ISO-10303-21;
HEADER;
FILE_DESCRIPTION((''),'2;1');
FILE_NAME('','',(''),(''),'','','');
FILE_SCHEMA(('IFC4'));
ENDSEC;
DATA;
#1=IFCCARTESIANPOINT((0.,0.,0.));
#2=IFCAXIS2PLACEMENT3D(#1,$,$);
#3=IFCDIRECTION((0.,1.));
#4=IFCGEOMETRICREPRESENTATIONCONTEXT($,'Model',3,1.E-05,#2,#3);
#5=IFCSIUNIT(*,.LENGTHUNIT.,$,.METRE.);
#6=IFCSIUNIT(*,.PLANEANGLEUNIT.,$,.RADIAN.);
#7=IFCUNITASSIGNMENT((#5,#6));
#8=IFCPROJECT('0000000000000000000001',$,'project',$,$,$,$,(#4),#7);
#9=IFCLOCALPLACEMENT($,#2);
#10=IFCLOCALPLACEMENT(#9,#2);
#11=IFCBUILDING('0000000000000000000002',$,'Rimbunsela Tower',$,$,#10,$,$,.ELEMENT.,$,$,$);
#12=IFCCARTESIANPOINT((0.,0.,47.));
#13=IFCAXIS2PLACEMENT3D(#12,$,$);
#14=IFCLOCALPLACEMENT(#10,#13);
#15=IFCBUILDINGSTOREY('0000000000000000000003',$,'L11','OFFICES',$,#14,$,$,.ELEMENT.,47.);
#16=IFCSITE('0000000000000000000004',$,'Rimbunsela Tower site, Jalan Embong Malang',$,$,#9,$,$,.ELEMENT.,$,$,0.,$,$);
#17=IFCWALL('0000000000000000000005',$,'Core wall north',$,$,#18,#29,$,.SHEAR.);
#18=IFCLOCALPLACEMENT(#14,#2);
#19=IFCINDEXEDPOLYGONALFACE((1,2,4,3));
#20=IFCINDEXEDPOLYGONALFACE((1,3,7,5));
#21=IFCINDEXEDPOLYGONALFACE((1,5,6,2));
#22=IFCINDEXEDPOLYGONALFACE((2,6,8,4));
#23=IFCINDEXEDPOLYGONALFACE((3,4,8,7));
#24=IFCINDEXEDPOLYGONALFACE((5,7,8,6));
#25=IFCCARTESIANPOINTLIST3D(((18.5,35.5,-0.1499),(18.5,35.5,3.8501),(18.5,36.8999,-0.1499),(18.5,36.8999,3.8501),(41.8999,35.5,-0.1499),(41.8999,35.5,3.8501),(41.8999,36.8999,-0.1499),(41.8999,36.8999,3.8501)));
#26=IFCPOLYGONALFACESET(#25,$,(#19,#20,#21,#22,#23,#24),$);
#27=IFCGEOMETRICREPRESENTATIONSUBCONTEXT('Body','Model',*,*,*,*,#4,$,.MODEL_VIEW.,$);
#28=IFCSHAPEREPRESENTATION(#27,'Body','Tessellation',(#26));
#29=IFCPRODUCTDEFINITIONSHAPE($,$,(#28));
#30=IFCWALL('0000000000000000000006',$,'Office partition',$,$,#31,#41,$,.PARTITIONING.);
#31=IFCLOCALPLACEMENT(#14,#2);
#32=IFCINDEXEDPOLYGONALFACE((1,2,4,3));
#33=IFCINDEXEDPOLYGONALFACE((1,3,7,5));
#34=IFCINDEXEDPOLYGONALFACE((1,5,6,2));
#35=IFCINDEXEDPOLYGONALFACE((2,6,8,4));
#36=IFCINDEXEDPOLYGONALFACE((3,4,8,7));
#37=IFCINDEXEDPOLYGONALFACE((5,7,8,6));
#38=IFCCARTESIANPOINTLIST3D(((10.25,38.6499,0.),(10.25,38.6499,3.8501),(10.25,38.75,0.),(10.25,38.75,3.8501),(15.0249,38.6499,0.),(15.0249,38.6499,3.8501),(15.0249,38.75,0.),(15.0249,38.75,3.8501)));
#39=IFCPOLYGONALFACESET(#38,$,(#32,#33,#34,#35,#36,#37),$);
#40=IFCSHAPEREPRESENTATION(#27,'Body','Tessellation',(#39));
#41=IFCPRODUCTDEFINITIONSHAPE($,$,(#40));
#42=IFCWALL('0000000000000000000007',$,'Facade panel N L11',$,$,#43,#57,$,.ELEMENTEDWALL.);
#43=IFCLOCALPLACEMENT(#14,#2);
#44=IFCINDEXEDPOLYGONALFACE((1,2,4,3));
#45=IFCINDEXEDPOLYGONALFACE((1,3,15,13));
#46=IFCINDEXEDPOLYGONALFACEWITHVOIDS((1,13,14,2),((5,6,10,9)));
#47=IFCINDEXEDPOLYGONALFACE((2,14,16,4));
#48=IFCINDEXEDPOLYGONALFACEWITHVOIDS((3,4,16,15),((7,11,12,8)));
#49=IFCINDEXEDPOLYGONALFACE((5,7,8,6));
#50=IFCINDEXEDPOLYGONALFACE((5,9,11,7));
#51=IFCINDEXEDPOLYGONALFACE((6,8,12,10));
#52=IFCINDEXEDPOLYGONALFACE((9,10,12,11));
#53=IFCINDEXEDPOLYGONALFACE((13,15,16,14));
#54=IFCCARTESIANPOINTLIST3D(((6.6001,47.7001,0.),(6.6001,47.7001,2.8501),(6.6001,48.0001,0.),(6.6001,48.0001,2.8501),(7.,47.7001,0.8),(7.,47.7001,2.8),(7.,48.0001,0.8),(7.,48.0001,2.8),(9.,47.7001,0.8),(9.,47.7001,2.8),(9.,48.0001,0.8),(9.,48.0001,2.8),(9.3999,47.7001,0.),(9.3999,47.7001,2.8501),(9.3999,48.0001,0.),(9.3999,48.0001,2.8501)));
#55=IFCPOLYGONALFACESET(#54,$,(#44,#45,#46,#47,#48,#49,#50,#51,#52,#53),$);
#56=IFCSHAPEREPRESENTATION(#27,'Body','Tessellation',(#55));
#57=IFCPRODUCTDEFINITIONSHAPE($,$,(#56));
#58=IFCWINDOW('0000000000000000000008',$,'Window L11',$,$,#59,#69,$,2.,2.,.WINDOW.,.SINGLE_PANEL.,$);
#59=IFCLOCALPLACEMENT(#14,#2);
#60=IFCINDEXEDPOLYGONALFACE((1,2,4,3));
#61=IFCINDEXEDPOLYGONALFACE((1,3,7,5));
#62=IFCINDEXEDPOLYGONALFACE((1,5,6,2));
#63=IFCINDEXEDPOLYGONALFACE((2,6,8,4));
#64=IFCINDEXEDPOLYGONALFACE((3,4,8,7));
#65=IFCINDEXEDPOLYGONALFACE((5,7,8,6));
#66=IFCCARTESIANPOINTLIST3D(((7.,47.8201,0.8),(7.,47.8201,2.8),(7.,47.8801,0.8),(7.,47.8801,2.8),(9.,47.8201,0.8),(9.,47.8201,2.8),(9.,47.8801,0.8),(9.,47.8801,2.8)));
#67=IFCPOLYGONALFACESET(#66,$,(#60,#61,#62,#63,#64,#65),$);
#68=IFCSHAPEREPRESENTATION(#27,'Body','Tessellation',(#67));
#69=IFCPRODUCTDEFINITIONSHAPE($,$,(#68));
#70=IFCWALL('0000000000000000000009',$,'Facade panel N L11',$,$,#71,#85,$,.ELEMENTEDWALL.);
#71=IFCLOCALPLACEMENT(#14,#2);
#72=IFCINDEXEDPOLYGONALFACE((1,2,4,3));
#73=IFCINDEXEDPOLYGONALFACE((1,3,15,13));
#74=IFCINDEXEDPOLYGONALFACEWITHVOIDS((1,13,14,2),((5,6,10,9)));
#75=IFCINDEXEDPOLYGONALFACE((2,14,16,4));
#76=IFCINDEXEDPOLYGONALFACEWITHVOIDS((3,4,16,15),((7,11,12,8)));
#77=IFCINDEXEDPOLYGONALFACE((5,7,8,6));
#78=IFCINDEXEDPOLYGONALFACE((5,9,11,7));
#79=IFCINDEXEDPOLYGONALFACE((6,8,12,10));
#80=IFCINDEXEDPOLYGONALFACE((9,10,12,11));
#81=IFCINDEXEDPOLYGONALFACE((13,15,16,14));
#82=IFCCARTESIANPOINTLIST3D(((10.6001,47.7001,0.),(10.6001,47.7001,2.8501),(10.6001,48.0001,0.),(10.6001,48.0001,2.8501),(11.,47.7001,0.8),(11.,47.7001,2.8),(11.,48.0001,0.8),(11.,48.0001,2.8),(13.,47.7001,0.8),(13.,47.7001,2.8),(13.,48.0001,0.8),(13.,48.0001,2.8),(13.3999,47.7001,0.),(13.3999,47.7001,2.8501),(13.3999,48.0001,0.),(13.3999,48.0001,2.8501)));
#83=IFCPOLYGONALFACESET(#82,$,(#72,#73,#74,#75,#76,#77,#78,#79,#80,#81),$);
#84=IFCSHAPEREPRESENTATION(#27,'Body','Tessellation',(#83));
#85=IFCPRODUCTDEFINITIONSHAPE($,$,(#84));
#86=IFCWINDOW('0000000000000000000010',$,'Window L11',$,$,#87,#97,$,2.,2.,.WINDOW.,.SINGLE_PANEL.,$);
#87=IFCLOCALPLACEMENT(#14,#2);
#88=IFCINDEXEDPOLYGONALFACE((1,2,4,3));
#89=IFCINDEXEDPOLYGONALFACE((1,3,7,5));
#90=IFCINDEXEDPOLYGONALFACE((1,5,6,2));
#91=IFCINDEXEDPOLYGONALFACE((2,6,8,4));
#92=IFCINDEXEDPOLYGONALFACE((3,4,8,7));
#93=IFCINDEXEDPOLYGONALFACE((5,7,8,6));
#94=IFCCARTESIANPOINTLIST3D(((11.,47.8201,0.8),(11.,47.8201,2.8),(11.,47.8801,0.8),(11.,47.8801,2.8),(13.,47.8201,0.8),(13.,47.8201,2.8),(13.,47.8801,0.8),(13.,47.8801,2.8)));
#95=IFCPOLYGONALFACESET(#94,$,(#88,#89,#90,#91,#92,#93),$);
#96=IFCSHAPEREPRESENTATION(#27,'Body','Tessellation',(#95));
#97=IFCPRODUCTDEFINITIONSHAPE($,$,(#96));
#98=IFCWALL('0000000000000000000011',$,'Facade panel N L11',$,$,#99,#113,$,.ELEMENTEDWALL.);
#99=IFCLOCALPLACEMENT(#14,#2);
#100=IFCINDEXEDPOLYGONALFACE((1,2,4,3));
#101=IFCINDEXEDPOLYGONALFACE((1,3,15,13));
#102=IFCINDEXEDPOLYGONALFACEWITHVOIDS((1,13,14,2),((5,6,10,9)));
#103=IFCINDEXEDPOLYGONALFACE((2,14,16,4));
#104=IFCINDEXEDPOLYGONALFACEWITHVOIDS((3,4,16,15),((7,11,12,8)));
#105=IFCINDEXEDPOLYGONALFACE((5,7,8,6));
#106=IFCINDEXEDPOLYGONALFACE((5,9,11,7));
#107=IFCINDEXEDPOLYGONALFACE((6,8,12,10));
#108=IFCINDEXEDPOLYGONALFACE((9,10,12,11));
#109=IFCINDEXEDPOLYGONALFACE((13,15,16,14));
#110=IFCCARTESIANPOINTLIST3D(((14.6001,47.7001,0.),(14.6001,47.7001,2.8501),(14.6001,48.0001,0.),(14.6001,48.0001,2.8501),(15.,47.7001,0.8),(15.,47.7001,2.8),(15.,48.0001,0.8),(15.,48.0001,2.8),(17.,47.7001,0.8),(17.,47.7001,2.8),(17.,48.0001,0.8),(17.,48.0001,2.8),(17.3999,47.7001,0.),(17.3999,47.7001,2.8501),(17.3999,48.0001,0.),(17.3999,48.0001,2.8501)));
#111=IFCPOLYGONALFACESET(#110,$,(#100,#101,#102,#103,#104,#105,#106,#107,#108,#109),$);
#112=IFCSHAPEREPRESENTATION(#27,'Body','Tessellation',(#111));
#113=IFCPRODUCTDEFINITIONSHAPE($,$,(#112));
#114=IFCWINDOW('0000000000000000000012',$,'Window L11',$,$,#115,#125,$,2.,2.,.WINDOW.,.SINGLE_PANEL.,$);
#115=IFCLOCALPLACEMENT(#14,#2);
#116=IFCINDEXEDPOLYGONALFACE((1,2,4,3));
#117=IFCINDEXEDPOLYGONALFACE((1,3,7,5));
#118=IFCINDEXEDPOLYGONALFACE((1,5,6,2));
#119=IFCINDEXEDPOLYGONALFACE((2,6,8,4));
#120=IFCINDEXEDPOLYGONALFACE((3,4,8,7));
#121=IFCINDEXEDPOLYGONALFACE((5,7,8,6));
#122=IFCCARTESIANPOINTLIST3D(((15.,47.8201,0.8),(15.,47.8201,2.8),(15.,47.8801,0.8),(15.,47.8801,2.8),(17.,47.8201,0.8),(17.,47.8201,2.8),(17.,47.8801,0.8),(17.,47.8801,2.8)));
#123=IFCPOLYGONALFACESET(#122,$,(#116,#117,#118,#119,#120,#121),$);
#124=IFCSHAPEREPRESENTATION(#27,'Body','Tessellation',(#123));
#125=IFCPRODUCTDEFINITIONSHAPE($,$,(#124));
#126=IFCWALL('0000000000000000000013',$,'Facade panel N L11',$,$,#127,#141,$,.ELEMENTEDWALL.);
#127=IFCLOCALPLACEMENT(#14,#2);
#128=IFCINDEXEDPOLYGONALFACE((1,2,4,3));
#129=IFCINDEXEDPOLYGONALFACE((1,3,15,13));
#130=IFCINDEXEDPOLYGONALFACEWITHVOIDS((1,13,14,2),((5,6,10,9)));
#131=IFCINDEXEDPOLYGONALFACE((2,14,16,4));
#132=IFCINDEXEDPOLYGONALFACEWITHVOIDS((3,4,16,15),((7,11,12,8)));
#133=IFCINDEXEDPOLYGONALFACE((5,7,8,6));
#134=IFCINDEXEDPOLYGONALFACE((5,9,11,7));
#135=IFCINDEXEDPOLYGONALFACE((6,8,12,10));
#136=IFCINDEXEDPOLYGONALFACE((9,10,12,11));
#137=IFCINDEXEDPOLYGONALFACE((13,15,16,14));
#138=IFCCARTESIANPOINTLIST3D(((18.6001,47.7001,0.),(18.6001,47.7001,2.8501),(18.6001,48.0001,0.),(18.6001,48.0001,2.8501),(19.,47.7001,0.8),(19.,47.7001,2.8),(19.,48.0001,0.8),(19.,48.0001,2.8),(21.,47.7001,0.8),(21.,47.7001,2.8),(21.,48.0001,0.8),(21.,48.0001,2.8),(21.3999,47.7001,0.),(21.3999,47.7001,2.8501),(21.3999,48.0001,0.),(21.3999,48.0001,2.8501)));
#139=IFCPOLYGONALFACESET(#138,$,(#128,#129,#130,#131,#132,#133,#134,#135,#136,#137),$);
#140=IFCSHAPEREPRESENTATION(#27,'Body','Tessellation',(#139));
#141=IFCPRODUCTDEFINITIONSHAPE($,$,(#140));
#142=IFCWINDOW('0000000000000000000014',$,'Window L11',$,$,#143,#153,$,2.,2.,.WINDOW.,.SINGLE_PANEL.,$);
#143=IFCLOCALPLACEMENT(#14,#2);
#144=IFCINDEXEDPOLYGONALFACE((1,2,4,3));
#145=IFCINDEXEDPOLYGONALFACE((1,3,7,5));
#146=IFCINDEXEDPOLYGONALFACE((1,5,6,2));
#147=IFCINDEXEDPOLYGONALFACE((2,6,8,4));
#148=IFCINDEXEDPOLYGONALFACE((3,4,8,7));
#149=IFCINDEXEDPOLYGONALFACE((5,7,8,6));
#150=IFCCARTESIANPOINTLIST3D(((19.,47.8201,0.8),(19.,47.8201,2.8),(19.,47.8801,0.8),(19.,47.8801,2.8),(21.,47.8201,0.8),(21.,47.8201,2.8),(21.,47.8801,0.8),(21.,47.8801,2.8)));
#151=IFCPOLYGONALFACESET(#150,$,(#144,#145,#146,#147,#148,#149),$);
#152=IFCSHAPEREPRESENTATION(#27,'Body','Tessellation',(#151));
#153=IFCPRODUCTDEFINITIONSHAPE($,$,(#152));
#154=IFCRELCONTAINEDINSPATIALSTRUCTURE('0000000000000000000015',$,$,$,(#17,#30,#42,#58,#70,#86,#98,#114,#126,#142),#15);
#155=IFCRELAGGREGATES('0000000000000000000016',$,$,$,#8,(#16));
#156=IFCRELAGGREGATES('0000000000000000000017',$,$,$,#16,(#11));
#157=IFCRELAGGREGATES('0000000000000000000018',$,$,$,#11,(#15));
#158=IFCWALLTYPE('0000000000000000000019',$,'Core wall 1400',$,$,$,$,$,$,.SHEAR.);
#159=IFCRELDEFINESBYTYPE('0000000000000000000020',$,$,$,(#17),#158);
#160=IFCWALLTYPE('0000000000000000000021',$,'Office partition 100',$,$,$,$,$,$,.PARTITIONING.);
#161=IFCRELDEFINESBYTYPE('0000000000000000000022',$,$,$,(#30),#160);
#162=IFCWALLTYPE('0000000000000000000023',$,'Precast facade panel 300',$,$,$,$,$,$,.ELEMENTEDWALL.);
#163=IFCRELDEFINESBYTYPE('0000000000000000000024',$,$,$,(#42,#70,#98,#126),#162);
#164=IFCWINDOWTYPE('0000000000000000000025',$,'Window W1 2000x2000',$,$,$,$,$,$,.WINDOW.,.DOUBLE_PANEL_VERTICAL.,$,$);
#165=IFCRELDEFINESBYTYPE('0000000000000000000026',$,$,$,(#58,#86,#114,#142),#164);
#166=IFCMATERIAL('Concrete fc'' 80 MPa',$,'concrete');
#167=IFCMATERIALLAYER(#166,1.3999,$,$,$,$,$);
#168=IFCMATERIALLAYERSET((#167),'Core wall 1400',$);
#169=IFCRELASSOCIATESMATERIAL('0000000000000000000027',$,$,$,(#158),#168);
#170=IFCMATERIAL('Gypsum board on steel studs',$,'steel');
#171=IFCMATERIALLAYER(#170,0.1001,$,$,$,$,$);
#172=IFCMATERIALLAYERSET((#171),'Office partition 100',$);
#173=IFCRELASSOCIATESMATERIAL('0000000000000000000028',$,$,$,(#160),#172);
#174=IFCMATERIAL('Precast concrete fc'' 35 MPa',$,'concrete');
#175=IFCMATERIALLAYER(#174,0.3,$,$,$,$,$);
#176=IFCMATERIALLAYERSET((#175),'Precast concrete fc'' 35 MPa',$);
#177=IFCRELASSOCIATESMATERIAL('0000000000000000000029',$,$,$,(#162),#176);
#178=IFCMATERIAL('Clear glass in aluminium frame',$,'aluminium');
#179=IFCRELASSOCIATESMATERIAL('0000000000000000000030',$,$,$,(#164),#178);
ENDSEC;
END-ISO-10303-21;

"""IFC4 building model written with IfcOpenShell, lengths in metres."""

from ifc_helpers import new_model, si_unit, direction, frame, frame_2d, origin, place, context, subcontext, project, spatial, rectangle, extrude, material, layer, layer_set, type_object, element, fill, save


model = new_model("IFC4")

# Units and contexts
model_context = context("Model", 3, precision=1e-05, world=origin(), true_north=direction((0.0, 1.0)))
body_context = subcontext(model_context, "Body", "Model", "MODEL_VIEW")
ifc_project = project(units=[si_unit("LENGTHUNIT", "METRE"), si_unit("PLANEANGLEUNIT", "RADIAN")], contexts=[model_context])

# Site, building, storey
site_placement = place(None, origin())
site = spatial("IfcSite", under=ifc_project, at=site_placement, Name="Rimbunsela Tower site, Jalan Embong Malang", CompositionType="ELEMENT", RefElevation=0.0)
building_placement = place(site_placement, origin())
building = spatial("IfcBuilding", under=site, at=building_placement, Name="Rimbunsela Tower", CompositionType="ELEMENT")
storey_placement = place(building_placement, frame((0.0, 0.0, 47.0)))
storey = spatial("IfcBuildingStorey", under=building, at=storey_placement, Name="L11", Description="OFFICES", CompositionType="ELEMENT", Elevation=47.0)

# Walls
ifc_material_1 = material(Name="Concrete fc' 80 MPa", Category="concrete")
ifc_layer_1 = layer(ifc_material_1, 1.3999)
ifc_layer_set_1 = layer_set([ifc_layer_1], Name="Core wall 1400")
wall_type_1 = type_object("IfcWallType", Name="Core wall 1400", PredefinedType="SHEAR", material=ifc_layer_set_1)
wall_1_placement = place(storey_placement, frame((18.5, 36.2, -0.1499), z_axis=(0.0, 0.0, 1.0), x_axis=(1.0, 0.0, 0.0)))
element("IfcWall", 1, at=wall_1_placement, inside=storey, type_object=wall_type_1, Name="Core wall north", PredefinedType="SHEAR", context=body_context, shape_type="SweptSolid", body=[
    extrude(rectangle(XDim=23.3999, YDim=1.3999, at=frame_2d((11.7, 0.0))), origin(), (0.0, 0.0, 1.0), 4.0),
])
ifc_material_2 = material(Name="Gypsum board on steel studs", Category="steel")
ifc_layer_2 = layer(ifc_material_2, 0.1001)
ifc_layer_set_2 = layer_set([ifc_layer_2], Name="Office partition 100")
wall_type_2 = type_object("IfcWallType", Name="Office partition 100", PredefinedType="PARTITIONING", material=ifc_layer_set_2)
wall_2_placement = place(storey_placement, frame((10.25, 38.7, 0.0), z_axis=(0.0, 0.0, 1.0), x_axis=(1.0, 0.0, 0.0)))
element("IfcWall", 2, at=wall_2_placement, inside=storey, type_object=wall_type_2, Name="Office partition", PredefinedType="PARTITIONING", context=body_context, shape_type="SweptSolid", body=[
    extrude(rectangle(XDim=4.7749, YDim=0.1001, at=frame_2d((2.3875, 0.0))), origin(), (0.0, 0.0, 1.0), 3.8501),
])

# Walls, openings, windows
ifc_material_3 = material(Name="Precast concrete fc' 35 MPa", Category="concrete")
ifc_layer_3 = layer(ifc_material_3, 0.3)
ifc_layer_set_3 = layer_set([ifc_layer_3], Name="Precast concrete fc' 35 MPa")
wall_type_3 = type_object("IfcWallType", Name="Precast facade panel 300", PredefinedType="ELEMENTEDWALL", material=ifc_layer_set_3)
wall_3_placement = place(storey_placement, frame((9.3999, 47.8501, 0.0), z_axis=(0.0, 0.0, 1.0), x_axis=(-1.0, 0.0, 0.0)))
wall_3 = element("IfcWall", 3, at=wall_3_placement, inside=storey, type_object=wall_type_3, Name="Facade panel N L11", PredefinedType="ELEMENTEDWALL", context=body_context, shape_type="SweptSolid", body=[
    extrude(rectangle(XDim=2.7998, YDim=0.3, at=frame_2d((1.3999, 0.0))), origin(), (0.0, 0.0, 1.0), 2.8501),
])
opening_1_placement = place(wall_3_placement, frame((0.3999, 0.0, 0.8)))
opening_1 = element("IfcOpeningElement", 4, at=opening_1_placement, cuts=wall_3, PredefinedType="OPENING", context=body_context, shape_type="SweptSolid", body=[
    extrude(rectangle(XDim=2.0, YDim=2.0, at=frame_2d((1.0, 1.0))), frame((0.0, 0.1599, 0.0), z_axis=(0.0, -1.0, 0.0), x_axis=(1.0, 0.0, 0.0)), (0.0, 0.0, 1.0), 0.3201),
])
ifc_material_4 = material(Name="Clear glass in aluminium frame", Category="aluminium")
window_type = type_object("IfcWindowType", Name="Window W1 2000x2000", PartitioningType="DOUBLE_PANEL_VERTICAL", PredefinedType="WINDOW", material=ifc_material_4)
window_1_placement = place(opening_1_placement, origin())
window_1 = element("IfcWindow", 5, at=window_1_placement, inside=storey, type_object=window_type, Name="Window L11", OverallHeight=2.0, OverallWidth=2.0, PartitioningType="SINGLE_PANEL", PredefinedType="WINDOW", context=body_context, shape_type="SweptSolid", body=[
    extrude(rectangle(XDim=2.0, YDim=2.0, at=frame_2d((1.0, 1.0))), frame((0.0, 0.03, 0.0), z_axis=(0.0, -1.0, 0.0), x_axis=(1.0, 0.0, 0.0)), (0.0, 0.0, 1.0), 0.0601),
])
fill(opening_1, window_1)
wall_4_placement = place(storey_placement, frame((13.3999, 47.8501, 0.0), z_axis=(0.0, 0.0, 1.0), x_axis=(-1.0, 0.0, 0.0)))
wall_4 = element("IfcWall", 6, at=wall_4_placement, inside=storey, type_object=wall_type_3, Name="Facade panel N L11", PredefinedType="ELEMENTEDWALL", context=body_context, shape_type="SweptSolid", body=[
    extrude(rectangle(XDim=2.7998, YDim=0.3, at=frame_2d((1.3999, 0.0))), origin(), (0.0, 0.0, 1.0), 2.8501),
])
opening_2_placement = place(wall_4_placement, frame((0.3999, 0.0, 0.8)))
opening_2 = element("IfcOpeningElement", 7, at=opening_2_placement, cuts=wall_4, PredefinedType="OPENING", context=body_context, shape_type="SweptSolid", body=[
    extrude(rectangle(XDim=2.0, YDim=2.0, at=frame_2d((1.0, 1.0))), frame((0.0, 0.1599, 0.0), z_axis=(0.0, -1.0, 0.0), x_axis=(1.0, 0.0, 0.0)), (0.0, 0.0, 1.0), 0.3201),
])
window_2_placement = place(opening_2_placement, origin())
window_2 = element("IfcWindow", 8, at=window_2_placement, inside=storey, type_object=window_type, Name="Window L11", OverallHeight=2.0, OverallWidth=2.0, PartitioningType="SINGLE_PANEL", PredefinedType="WINDOW", context=body_context, shape_type="SweptSolid", body=[
    extrude(rectangle(XDim=2.0, YDim=2.0, at=frame_2d((1.0, 1.0))), frame((0.0, 0.03, 0.0), z_axis=(0.0, -1.0, 0.0), x_axis=(1.0, 0.0, 0.0)), (0.0, 0.0, 1.0), 0.0601),
])
fill(opening_2, window_2)
wall_5_placement = place(storey_placement, frame((17.3999, 47.8501, 0.0), z_axis=(0.0, 0.0, 1.0), x_axis=(-1.0, 0.0, 0.0)))
wall_5 = element("IfcWall", 9, at=wall_5_placement, inside=storey, type_object=wall_type_3, Name="Facade panel N L11", PredefinedType="ELEMENTEDWALL", context=body_context, shape_type="SweptSolid", body=[
    extrude(rectangle(XDim=2.7998, YDim=0.3, at=frame_2d((1.3999, 0.0))), origin(), (0.0, 0.0, 1.0), 2.8501),
])
opening_3_placement = place(wall_5_placement, frame((0.3999, 0.0, 0.8)))
opening_3 = element("IfcOpeningElement", 10, at=opening_3_placement, cuts=wall_5, PredefinedType="OPENING", context=body_context, shape_type="SweptSolid", body=[
    extrude(rectangle(XDim=2.0, YDim=2.0, at=frame_2d((1.0, 1.0))), frame((0.0, 0.1599, 0.0), z_axis=(0.0, -1.0, 0.0), x_axis=(1.0, 0.0, 0.0)), (0.0, 0.0, 1.0), 0.3201),
])
window_3_placement = place(opening_3_placement, origin())
window_3 = element("IfcWindow", 11, at=window_3_placement, inside=storey, type_object=window_type, Name="Window L11", OverallHeight=2.0, OverallWidth=2.0, PartitioningType="SINGLE_PANEL", PredefinedType="WINDOW", context=body_context, shape_type="SweptSolid", body=[
    extrude(rectangle(XDim=2.0, YDim=2.0, at=frame_2d((1.0, 1.0))), frame((0.0, 0.03, 0.0), z_axis=(0.0, -1.0, 0.0), x_axis=(1.0, 0.0, 0.0)), (0.0, 0.0, 1.0), 0.0601),
])
fill(opening_3, window_3)
wall_6_placement = place(storey_placement, frame((21.3999, 47.8501, 0.0), z_axis=(0.0, 0.0, 1.0), x_axis=(-1.0, 0.0, 0.0)))
wall_6 = element("IfcWall", 12, at=wall_6_placement, inside=storey, type_object=wall_type_3, Name="Facade panel N L11", PredefinedType="ELEMENTEDWALL", context=body_context, shape_type="SweptSolid", body=[
    extrude(rectangle(XDim=2.7998, YDim=0.3, at=frame_2d((1.3999, 0.0))), origin(), (0.0, 0.0, 1.0), 2.8501),
])
opening_4_placement = place(wall_6_placement, frame((0.3999, 0.0, 0.8)))
opening_4 = element("IfcOpeningElement", 13, at=opening_4_placement, cuts=wall_6, PredefinedType="OPENING", context=body_context, shape_type="SweptSolid", body=[
    extrude(rectangle(XDim=2.0, YDim=2.0, at=frame_2d((1.0, 1.0))), frame((0.0, 0.1599, 0.0), z_axis=(0.0, -1.0, 0.0), x_axis=(1.0, 0.0, 0.0)), (0.0, 0.0, 1.0), 0.3201),
])
window_4_placement = place(opening_4_placement, origin())
window_4 = element("IfcWindow", 14, at=window_4_placement, inside=storey, type_object=window_type, Name="Window L11", OverallHeight=2.0, OverallWidth=2.0, PartitioningType="SINGLE_PANEL", PredefinedType="WINDOW", context=body_context, shape_type="SweptSolid", body=[
    extrude(rectangle(XDim=2.0, YDim=2.0, at=frame_2d((1.0, 1.0))), frame((0.0, 0.03, 0.0), z_axis=(0.0, -1.0, 0.0), x_axis=(1.0, 0.0, 0.0)), (0.0, 0.0, 1.0), 0.0601),
])
fill(opening_4, window_4)

save(model, "model.ifc")
